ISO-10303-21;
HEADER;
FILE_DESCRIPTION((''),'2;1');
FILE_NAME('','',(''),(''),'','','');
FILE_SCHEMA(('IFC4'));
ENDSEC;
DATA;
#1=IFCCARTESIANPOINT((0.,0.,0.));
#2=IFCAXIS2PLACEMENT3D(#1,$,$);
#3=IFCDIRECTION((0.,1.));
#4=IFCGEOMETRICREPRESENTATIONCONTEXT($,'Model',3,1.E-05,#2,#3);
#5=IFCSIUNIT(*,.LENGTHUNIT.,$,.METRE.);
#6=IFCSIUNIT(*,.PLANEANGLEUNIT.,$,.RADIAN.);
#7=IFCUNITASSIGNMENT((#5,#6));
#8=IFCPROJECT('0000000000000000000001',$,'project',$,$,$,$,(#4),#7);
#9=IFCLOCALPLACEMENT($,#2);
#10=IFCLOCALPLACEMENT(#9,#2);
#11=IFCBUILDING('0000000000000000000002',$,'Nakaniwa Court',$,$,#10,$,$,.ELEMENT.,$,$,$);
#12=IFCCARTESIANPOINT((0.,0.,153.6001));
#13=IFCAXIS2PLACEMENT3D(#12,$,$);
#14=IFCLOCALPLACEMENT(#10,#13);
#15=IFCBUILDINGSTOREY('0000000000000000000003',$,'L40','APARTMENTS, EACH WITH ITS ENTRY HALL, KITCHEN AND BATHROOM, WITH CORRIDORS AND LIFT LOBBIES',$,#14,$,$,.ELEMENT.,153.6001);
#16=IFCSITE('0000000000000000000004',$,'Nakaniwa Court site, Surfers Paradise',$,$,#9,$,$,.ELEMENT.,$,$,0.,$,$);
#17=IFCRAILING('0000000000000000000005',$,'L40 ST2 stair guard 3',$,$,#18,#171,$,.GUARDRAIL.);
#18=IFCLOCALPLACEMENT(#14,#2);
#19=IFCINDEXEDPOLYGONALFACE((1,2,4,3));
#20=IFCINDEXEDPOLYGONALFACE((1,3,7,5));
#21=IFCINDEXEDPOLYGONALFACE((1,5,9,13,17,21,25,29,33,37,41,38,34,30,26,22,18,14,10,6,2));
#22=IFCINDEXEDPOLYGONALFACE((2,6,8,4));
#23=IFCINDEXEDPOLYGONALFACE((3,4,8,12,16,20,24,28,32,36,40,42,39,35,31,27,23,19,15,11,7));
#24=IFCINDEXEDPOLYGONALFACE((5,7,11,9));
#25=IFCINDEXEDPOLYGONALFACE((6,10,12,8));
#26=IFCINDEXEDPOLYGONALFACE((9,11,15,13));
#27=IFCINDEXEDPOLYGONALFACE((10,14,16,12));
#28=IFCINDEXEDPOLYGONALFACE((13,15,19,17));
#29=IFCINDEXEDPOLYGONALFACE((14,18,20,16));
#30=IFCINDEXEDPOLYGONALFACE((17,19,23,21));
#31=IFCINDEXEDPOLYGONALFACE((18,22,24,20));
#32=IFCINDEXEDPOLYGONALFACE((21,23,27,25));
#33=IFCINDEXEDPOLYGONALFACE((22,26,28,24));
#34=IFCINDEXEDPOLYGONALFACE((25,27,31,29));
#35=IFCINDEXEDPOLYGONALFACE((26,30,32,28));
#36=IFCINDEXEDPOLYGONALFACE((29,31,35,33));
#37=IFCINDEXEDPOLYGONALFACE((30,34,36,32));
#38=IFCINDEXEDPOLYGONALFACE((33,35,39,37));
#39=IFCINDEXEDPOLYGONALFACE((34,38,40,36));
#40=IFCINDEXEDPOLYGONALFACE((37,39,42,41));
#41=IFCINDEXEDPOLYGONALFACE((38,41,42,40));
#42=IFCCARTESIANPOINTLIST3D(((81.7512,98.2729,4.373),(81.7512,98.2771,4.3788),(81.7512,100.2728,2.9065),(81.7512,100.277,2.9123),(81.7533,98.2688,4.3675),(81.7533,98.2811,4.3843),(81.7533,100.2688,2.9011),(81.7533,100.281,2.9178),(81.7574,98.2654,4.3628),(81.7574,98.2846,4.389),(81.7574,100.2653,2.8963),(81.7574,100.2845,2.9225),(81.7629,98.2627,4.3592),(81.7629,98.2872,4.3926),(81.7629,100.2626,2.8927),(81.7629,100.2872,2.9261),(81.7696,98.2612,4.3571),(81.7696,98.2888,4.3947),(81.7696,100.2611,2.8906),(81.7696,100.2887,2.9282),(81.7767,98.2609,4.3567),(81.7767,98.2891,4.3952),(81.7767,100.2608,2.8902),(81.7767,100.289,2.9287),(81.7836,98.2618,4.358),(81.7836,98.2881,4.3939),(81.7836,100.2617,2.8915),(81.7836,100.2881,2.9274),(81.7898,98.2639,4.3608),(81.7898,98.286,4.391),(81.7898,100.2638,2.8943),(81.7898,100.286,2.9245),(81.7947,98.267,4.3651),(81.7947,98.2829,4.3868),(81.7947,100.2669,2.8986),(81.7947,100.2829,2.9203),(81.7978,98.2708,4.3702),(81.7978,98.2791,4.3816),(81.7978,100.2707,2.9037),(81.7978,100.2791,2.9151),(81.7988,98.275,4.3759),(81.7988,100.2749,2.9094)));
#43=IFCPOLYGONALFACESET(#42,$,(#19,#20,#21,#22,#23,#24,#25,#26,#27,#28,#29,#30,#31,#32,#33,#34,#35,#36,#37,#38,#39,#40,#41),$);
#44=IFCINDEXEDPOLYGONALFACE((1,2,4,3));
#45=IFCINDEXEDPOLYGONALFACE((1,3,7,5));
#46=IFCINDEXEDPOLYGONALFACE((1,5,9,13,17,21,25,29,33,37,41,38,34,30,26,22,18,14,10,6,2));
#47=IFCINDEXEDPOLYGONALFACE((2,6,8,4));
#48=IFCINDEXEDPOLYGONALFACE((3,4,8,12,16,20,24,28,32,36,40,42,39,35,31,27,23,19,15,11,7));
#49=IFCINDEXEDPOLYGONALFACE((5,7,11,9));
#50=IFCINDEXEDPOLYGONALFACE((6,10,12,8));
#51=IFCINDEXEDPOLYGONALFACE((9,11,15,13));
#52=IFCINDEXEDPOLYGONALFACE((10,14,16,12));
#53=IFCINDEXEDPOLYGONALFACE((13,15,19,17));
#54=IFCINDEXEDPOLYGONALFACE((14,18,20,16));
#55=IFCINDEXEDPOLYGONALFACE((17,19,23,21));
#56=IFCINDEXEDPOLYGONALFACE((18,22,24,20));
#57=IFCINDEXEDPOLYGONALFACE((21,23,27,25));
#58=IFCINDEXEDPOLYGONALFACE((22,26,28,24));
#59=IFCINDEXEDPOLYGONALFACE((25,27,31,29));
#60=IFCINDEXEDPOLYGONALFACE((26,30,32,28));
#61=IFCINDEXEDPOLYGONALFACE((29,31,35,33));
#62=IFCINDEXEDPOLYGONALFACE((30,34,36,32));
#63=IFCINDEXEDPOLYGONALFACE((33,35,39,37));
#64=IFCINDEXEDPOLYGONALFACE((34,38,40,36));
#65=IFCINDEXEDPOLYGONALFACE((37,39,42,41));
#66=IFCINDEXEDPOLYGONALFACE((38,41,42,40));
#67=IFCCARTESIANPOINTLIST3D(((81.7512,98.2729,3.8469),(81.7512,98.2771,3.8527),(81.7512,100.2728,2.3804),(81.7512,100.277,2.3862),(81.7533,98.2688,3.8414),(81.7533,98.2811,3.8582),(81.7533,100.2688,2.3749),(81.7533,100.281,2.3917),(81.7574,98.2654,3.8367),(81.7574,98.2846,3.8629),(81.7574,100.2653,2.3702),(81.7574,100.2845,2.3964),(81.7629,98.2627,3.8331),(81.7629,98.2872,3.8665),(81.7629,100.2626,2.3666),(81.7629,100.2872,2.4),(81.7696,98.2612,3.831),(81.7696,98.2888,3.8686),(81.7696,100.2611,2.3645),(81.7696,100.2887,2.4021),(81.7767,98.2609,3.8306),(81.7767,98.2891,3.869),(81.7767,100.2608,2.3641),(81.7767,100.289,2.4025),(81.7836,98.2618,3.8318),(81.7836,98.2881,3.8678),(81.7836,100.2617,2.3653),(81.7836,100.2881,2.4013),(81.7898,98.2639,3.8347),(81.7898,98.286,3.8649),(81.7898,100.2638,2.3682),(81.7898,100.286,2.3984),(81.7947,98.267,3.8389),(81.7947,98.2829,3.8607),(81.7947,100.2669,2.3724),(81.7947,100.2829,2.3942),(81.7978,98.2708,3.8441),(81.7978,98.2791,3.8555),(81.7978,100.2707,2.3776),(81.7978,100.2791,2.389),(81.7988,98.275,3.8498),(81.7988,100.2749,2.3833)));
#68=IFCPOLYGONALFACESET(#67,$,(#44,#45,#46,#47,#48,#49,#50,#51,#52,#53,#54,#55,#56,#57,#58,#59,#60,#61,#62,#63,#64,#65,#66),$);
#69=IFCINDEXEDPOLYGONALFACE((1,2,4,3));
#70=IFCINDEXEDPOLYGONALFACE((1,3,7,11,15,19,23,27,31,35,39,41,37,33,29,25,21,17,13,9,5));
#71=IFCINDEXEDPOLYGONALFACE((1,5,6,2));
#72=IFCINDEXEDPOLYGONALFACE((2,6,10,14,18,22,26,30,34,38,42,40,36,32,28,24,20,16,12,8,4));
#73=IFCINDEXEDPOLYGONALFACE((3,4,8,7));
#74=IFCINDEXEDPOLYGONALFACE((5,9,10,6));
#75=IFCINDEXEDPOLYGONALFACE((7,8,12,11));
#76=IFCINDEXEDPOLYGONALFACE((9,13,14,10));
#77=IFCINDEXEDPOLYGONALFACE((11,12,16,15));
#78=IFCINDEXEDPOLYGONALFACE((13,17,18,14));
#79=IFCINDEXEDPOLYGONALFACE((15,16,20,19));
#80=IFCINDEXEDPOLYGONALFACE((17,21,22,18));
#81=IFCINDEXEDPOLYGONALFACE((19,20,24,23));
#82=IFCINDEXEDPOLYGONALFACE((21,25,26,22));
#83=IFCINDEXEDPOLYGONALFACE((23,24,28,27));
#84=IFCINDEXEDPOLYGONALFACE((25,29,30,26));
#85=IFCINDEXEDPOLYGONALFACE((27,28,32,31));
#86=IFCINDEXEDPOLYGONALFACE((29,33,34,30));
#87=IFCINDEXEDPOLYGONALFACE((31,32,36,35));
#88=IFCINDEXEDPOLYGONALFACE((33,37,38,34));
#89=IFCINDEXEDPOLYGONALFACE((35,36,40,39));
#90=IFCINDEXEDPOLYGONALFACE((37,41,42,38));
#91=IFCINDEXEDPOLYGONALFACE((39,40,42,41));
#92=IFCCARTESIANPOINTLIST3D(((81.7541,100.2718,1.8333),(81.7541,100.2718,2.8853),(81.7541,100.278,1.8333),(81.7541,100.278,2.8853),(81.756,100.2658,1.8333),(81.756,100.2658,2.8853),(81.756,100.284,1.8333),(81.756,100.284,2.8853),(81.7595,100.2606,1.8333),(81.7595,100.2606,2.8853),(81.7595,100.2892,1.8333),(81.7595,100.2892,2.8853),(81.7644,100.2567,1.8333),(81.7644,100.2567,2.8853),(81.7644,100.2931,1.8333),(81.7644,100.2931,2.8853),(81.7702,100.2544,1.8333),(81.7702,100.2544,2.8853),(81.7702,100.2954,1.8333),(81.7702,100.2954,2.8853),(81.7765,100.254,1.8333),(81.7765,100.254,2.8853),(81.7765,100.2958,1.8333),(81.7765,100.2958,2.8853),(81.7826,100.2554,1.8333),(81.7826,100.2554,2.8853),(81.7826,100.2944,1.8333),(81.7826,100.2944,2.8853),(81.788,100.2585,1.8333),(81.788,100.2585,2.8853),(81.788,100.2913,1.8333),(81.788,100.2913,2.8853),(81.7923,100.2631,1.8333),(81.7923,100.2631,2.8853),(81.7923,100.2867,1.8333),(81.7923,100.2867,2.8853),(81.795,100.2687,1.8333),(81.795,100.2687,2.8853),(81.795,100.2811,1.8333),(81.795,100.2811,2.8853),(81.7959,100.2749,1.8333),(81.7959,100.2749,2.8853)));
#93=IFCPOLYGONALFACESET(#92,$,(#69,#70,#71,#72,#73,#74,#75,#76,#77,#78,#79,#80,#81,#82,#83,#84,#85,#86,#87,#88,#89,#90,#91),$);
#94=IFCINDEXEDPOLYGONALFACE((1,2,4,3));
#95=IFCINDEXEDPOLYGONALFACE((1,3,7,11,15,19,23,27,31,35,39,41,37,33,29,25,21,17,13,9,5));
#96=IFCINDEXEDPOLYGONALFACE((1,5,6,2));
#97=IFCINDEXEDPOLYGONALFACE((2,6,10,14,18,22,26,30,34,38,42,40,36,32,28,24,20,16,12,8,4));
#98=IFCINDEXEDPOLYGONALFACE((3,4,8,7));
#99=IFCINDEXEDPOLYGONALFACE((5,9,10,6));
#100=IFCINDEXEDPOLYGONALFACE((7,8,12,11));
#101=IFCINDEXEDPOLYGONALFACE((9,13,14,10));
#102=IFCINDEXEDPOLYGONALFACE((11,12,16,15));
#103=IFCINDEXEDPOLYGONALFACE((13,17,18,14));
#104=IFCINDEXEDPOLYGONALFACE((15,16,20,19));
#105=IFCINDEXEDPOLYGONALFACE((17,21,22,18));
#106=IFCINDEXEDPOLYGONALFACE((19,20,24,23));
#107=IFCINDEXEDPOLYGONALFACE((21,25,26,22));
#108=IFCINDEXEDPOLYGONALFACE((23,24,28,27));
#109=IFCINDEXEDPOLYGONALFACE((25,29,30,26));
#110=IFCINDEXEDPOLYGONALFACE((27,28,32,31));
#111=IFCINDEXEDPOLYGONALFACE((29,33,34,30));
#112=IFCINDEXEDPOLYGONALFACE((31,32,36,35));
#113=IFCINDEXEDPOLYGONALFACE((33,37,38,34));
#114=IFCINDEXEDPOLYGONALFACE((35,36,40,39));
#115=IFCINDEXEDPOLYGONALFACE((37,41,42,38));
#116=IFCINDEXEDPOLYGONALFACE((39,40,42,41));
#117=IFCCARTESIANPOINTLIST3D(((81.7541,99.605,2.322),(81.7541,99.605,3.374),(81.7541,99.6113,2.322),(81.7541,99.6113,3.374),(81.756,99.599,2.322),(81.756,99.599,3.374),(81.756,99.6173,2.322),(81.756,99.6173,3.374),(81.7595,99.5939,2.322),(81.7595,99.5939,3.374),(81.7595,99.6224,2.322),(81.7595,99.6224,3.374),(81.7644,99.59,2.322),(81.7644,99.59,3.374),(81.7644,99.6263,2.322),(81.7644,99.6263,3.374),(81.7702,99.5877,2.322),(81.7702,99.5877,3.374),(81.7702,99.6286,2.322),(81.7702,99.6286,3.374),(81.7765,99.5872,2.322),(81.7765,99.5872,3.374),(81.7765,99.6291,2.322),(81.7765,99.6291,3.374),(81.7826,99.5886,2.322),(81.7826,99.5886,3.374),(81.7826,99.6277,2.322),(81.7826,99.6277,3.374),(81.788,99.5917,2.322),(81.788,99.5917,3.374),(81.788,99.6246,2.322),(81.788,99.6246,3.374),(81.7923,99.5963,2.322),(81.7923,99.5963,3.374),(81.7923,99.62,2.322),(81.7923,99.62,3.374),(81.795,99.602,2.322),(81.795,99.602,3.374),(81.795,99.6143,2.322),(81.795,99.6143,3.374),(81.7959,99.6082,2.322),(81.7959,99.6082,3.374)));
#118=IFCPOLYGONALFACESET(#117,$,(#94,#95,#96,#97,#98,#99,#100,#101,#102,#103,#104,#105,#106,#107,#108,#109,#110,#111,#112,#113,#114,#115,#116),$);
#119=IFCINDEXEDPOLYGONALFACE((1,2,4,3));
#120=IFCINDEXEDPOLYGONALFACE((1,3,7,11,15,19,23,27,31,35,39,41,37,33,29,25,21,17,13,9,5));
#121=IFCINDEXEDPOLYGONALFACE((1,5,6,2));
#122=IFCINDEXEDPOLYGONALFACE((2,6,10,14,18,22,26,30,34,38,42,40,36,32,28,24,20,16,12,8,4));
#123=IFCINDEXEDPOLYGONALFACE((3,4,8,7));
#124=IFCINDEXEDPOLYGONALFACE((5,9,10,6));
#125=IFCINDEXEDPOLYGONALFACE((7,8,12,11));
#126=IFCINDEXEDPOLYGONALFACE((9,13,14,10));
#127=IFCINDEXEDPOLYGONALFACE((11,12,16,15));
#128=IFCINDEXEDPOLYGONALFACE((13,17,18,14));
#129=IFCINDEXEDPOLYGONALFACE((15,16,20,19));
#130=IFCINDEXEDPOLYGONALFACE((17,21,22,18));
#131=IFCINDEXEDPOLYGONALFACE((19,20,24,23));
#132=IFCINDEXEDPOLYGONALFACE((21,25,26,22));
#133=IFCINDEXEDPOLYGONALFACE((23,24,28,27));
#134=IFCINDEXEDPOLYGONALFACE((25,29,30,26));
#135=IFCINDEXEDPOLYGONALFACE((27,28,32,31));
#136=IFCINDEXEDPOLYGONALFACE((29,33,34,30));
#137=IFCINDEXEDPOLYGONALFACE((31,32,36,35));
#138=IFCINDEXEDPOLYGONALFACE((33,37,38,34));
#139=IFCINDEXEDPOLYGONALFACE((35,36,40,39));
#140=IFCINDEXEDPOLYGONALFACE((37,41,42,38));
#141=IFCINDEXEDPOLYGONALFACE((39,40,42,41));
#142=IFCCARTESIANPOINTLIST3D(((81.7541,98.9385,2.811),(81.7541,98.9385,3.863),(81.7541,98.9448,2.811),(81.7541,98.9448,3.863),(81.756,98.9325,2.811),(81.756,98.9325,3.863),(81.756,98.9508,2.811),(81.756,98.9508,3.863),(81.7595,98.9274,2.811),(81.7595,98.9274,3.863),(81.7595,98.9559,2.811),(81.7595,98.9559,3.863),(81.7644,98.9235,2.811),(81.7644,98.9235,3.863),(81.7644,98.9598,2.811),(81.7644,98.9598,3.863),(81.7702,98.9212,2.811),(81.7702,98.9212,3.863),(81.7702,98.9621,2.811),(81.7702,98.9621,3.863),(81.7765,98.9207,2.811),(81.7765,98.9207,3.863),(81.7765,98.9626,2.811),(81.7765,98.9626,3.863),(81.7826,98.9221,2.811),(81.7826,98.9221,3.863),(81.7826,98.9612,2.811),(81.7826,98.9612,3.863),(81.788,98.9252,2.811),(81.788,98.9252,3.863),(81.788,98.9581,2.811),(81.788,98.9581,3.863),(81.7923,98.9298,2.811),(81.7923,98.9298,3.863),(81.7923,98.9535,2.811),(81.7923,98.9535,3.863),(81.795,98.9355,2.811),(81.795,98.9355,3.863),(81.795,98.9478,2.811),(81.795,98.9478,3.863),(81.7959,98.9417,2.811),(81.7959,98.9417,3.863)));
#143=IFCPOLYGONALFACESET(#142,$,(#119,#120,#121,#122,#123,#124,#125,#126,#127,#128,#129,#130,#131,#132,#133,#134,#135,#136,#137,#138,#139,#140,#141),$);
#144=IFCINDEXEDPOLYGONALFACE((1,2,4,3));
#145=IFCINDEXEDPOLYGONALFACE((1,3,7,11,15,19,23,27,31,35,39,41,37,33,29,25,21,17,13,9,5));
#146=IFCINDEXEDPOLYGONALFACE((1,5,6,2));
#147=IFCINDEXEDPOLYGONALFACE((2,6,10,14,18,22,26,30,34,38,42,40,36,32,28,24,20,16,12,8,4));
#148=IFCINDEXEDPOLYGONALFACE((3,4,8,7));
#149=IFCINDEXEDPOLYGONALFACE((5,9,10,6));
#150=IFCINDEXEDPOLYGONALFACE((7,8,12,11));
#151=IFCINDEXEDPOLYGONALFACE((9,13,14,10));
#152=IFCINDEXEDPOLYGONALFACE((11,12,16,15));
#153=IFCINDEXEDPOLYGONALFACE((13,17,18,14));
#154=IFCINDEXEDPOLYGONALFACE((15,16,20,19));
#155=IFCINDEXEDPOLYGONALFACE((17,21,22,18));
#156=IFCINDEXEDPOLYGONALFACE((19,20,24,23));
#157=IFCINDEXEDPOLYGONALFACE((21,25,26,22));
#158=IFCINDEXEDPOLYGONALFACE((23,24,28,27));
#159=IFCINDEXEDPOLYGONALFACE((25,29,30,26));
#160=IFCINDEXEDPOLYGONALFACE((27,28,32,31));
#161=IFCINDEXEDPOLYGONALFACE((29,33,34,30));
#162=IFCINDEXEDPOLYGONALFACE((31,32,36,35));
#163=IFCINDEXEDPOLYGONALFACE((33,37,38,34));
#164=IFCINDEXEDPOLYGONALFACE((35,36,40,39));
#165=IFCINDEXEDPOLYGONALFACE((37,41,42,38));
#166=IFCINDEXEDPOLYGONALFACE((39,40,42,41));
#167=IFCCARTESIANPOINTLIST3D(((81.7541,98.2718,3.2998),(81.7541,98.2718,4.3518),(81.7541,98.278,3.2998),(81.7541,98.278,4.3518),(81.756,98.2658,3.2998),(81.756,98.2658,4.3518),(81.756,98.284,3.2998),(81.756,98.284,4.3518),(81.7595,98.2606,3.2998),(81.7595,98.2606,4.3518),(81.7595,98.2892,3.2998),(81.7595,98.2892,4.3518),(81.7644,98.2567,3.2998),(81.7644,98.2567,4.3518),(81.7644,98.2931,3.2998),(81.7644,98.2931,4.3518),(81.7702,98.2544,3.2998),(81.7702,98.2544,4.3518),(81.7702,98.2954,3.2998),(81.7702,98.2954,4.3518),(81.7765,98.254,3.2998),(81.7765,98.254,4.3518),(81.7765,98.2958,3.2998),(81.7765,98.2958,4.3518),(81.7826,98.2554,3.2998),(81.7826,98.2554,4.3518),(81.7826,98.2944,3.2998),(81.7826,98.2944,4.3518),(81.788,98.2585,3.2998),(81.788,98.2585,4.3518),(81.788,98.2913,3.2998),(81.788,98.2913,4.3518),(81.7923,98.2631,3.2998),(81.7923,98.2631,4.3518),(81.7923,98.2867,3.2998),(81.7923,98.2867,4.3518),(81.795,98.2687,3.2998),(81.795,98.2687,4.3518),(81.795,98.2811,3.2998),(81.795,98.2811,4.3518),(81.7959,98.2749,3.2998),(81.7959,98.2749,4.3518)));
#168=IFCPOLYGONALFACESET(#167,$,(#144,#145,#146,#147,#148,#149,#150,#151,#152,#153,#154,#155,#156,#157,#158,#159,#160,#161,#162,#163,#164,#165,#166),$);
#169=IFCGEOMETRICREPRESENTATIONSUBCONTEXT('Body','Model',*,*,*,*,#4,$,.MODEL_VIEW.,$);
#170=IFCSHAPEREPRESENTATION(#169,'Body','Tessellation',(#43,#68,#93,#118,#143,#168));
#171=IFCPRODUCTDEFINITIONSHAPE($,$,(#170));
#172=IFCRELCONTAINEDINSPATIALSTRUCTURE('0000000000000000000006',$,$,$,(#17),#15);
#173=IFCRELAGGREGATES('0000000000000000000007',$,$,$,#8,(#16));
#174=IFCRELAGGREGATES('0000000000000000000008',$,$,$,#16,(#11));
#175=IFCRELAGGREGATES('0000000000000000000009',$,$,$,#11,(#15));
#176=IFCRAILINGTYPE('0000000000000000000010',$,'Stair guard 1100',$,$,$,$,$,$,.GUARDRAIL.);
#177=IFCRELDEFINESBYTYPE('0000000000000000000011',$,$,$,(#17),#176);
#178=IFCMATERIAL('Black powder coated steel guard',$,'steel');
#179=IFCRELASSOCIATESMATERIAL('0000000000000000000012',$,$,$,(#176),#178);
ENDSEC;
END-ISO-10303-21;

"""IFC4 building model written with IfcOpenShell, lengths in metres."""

from ifc_helpers import new_model, si_unit, direction, frame, origin, origin_2d, place, context, subcontext, project, spatial, circle, extrude, material, type_object, element, save


model = new_model("IFC4")

# Units and contexts
model_context = context("Model", 3, precision=1e-05, world=origin(), true_north=direction((0.0, 1.0)))
body_context = subcontext(model_context, "Body", "Model", "MODEL_VIEW")
ifc_project = project(units=[si_unit("LENGTHUNIT", "METRE"), si_unit("PLANEANGLEUNIT", "RADIAN")], contexts=[model_context])

# Site, building, storey
site_placement = place(None, origin())
site = spatial("IfcSite", under=ifc_project, at=site_placement, Name="Nakaniwa Court site, Surfers Paradise", CompositionType="ELEMENT", RefElevation=0.0)
building_placement = place(site_placement, origin())
building = spatial("IfcBuilding", under=site, at=building_placement, Name="Nakaniwa Court", CompositionType="ELEMENT")
storey_placement = place(building_placement, frame((0.0, 0.0, 153.6001)))
storey = spatial("IfcBuildingStorey", under=building, at=storey_placement, Name="L40", Description="APARTMENTS, EACH WITH ITS ENTRY HALL, KITCHEN AND BATHROOM, WITH CORRIDORS AND LIFT LOBBIES", CompositionType="ELEMENT", Elevation=153.6001)

# Railing
ifc_material_1 = material(Name="Black powder coated steel guard", Category="steel")
railing_type_1 = type_object("IfcRailingType", Name="Stair guard 1100", PredefinedType="GUARDRAIL", material=ifc_material_1)
railing_1_placement = place(storey_placement, frame((81.7749, 100.2749, 1.8333)))
element("IfcRailing", 1, at=railing_1_placement, inside=storey, type_object=railing_type_1, Name="L40 ST2 stair guard 3", PredefinedType="GUARDRAIL", context=body_context, shape_type="SweptSolid", body=[
    extrude(circle(Radius=0.0239, at=origin_2d()), frame((0.0, 0.0, 1.0762), z_axis=(0.0, -0.806427, 0.591334), x_axis=(1.0, 0.0, 0.0)), (0.0, 0.0, 1.0), 2.48),
    extrude(circle(Radius=0.0239, at=origin_2d()), frame((0.0, 0.0, 0.55), z_axis=(0.0, -0.806427, 0.591334), x_axis=(1.0, 0.0, 0.0)), (0.0, 0.0, 1.0), 2.48),
    extrude(circle(Radius=0.021, at=origin_2d()), origin(), (0.0, 0.0, 1.0), 1.052),
    extrude(circle(Radius=0.021, at=origin_2d()), frame((0.0, -0.6667, 0.4888)), (0.0, 0.0, 1.0), 1.052),
    extrude(circle(Radius=0.021, at=origin_2d()), frame((0.0, -1.3333, 0.9778)), (0.0, 0.0, 1.0), 1.052),
    extrude(circle(Radius=0.021, at=origin_2d()), frame((0.0, -2.0, 1.4666)), (0.0, 0.0, 1.0), 1.052),
])

save(model, "model.ifc")
